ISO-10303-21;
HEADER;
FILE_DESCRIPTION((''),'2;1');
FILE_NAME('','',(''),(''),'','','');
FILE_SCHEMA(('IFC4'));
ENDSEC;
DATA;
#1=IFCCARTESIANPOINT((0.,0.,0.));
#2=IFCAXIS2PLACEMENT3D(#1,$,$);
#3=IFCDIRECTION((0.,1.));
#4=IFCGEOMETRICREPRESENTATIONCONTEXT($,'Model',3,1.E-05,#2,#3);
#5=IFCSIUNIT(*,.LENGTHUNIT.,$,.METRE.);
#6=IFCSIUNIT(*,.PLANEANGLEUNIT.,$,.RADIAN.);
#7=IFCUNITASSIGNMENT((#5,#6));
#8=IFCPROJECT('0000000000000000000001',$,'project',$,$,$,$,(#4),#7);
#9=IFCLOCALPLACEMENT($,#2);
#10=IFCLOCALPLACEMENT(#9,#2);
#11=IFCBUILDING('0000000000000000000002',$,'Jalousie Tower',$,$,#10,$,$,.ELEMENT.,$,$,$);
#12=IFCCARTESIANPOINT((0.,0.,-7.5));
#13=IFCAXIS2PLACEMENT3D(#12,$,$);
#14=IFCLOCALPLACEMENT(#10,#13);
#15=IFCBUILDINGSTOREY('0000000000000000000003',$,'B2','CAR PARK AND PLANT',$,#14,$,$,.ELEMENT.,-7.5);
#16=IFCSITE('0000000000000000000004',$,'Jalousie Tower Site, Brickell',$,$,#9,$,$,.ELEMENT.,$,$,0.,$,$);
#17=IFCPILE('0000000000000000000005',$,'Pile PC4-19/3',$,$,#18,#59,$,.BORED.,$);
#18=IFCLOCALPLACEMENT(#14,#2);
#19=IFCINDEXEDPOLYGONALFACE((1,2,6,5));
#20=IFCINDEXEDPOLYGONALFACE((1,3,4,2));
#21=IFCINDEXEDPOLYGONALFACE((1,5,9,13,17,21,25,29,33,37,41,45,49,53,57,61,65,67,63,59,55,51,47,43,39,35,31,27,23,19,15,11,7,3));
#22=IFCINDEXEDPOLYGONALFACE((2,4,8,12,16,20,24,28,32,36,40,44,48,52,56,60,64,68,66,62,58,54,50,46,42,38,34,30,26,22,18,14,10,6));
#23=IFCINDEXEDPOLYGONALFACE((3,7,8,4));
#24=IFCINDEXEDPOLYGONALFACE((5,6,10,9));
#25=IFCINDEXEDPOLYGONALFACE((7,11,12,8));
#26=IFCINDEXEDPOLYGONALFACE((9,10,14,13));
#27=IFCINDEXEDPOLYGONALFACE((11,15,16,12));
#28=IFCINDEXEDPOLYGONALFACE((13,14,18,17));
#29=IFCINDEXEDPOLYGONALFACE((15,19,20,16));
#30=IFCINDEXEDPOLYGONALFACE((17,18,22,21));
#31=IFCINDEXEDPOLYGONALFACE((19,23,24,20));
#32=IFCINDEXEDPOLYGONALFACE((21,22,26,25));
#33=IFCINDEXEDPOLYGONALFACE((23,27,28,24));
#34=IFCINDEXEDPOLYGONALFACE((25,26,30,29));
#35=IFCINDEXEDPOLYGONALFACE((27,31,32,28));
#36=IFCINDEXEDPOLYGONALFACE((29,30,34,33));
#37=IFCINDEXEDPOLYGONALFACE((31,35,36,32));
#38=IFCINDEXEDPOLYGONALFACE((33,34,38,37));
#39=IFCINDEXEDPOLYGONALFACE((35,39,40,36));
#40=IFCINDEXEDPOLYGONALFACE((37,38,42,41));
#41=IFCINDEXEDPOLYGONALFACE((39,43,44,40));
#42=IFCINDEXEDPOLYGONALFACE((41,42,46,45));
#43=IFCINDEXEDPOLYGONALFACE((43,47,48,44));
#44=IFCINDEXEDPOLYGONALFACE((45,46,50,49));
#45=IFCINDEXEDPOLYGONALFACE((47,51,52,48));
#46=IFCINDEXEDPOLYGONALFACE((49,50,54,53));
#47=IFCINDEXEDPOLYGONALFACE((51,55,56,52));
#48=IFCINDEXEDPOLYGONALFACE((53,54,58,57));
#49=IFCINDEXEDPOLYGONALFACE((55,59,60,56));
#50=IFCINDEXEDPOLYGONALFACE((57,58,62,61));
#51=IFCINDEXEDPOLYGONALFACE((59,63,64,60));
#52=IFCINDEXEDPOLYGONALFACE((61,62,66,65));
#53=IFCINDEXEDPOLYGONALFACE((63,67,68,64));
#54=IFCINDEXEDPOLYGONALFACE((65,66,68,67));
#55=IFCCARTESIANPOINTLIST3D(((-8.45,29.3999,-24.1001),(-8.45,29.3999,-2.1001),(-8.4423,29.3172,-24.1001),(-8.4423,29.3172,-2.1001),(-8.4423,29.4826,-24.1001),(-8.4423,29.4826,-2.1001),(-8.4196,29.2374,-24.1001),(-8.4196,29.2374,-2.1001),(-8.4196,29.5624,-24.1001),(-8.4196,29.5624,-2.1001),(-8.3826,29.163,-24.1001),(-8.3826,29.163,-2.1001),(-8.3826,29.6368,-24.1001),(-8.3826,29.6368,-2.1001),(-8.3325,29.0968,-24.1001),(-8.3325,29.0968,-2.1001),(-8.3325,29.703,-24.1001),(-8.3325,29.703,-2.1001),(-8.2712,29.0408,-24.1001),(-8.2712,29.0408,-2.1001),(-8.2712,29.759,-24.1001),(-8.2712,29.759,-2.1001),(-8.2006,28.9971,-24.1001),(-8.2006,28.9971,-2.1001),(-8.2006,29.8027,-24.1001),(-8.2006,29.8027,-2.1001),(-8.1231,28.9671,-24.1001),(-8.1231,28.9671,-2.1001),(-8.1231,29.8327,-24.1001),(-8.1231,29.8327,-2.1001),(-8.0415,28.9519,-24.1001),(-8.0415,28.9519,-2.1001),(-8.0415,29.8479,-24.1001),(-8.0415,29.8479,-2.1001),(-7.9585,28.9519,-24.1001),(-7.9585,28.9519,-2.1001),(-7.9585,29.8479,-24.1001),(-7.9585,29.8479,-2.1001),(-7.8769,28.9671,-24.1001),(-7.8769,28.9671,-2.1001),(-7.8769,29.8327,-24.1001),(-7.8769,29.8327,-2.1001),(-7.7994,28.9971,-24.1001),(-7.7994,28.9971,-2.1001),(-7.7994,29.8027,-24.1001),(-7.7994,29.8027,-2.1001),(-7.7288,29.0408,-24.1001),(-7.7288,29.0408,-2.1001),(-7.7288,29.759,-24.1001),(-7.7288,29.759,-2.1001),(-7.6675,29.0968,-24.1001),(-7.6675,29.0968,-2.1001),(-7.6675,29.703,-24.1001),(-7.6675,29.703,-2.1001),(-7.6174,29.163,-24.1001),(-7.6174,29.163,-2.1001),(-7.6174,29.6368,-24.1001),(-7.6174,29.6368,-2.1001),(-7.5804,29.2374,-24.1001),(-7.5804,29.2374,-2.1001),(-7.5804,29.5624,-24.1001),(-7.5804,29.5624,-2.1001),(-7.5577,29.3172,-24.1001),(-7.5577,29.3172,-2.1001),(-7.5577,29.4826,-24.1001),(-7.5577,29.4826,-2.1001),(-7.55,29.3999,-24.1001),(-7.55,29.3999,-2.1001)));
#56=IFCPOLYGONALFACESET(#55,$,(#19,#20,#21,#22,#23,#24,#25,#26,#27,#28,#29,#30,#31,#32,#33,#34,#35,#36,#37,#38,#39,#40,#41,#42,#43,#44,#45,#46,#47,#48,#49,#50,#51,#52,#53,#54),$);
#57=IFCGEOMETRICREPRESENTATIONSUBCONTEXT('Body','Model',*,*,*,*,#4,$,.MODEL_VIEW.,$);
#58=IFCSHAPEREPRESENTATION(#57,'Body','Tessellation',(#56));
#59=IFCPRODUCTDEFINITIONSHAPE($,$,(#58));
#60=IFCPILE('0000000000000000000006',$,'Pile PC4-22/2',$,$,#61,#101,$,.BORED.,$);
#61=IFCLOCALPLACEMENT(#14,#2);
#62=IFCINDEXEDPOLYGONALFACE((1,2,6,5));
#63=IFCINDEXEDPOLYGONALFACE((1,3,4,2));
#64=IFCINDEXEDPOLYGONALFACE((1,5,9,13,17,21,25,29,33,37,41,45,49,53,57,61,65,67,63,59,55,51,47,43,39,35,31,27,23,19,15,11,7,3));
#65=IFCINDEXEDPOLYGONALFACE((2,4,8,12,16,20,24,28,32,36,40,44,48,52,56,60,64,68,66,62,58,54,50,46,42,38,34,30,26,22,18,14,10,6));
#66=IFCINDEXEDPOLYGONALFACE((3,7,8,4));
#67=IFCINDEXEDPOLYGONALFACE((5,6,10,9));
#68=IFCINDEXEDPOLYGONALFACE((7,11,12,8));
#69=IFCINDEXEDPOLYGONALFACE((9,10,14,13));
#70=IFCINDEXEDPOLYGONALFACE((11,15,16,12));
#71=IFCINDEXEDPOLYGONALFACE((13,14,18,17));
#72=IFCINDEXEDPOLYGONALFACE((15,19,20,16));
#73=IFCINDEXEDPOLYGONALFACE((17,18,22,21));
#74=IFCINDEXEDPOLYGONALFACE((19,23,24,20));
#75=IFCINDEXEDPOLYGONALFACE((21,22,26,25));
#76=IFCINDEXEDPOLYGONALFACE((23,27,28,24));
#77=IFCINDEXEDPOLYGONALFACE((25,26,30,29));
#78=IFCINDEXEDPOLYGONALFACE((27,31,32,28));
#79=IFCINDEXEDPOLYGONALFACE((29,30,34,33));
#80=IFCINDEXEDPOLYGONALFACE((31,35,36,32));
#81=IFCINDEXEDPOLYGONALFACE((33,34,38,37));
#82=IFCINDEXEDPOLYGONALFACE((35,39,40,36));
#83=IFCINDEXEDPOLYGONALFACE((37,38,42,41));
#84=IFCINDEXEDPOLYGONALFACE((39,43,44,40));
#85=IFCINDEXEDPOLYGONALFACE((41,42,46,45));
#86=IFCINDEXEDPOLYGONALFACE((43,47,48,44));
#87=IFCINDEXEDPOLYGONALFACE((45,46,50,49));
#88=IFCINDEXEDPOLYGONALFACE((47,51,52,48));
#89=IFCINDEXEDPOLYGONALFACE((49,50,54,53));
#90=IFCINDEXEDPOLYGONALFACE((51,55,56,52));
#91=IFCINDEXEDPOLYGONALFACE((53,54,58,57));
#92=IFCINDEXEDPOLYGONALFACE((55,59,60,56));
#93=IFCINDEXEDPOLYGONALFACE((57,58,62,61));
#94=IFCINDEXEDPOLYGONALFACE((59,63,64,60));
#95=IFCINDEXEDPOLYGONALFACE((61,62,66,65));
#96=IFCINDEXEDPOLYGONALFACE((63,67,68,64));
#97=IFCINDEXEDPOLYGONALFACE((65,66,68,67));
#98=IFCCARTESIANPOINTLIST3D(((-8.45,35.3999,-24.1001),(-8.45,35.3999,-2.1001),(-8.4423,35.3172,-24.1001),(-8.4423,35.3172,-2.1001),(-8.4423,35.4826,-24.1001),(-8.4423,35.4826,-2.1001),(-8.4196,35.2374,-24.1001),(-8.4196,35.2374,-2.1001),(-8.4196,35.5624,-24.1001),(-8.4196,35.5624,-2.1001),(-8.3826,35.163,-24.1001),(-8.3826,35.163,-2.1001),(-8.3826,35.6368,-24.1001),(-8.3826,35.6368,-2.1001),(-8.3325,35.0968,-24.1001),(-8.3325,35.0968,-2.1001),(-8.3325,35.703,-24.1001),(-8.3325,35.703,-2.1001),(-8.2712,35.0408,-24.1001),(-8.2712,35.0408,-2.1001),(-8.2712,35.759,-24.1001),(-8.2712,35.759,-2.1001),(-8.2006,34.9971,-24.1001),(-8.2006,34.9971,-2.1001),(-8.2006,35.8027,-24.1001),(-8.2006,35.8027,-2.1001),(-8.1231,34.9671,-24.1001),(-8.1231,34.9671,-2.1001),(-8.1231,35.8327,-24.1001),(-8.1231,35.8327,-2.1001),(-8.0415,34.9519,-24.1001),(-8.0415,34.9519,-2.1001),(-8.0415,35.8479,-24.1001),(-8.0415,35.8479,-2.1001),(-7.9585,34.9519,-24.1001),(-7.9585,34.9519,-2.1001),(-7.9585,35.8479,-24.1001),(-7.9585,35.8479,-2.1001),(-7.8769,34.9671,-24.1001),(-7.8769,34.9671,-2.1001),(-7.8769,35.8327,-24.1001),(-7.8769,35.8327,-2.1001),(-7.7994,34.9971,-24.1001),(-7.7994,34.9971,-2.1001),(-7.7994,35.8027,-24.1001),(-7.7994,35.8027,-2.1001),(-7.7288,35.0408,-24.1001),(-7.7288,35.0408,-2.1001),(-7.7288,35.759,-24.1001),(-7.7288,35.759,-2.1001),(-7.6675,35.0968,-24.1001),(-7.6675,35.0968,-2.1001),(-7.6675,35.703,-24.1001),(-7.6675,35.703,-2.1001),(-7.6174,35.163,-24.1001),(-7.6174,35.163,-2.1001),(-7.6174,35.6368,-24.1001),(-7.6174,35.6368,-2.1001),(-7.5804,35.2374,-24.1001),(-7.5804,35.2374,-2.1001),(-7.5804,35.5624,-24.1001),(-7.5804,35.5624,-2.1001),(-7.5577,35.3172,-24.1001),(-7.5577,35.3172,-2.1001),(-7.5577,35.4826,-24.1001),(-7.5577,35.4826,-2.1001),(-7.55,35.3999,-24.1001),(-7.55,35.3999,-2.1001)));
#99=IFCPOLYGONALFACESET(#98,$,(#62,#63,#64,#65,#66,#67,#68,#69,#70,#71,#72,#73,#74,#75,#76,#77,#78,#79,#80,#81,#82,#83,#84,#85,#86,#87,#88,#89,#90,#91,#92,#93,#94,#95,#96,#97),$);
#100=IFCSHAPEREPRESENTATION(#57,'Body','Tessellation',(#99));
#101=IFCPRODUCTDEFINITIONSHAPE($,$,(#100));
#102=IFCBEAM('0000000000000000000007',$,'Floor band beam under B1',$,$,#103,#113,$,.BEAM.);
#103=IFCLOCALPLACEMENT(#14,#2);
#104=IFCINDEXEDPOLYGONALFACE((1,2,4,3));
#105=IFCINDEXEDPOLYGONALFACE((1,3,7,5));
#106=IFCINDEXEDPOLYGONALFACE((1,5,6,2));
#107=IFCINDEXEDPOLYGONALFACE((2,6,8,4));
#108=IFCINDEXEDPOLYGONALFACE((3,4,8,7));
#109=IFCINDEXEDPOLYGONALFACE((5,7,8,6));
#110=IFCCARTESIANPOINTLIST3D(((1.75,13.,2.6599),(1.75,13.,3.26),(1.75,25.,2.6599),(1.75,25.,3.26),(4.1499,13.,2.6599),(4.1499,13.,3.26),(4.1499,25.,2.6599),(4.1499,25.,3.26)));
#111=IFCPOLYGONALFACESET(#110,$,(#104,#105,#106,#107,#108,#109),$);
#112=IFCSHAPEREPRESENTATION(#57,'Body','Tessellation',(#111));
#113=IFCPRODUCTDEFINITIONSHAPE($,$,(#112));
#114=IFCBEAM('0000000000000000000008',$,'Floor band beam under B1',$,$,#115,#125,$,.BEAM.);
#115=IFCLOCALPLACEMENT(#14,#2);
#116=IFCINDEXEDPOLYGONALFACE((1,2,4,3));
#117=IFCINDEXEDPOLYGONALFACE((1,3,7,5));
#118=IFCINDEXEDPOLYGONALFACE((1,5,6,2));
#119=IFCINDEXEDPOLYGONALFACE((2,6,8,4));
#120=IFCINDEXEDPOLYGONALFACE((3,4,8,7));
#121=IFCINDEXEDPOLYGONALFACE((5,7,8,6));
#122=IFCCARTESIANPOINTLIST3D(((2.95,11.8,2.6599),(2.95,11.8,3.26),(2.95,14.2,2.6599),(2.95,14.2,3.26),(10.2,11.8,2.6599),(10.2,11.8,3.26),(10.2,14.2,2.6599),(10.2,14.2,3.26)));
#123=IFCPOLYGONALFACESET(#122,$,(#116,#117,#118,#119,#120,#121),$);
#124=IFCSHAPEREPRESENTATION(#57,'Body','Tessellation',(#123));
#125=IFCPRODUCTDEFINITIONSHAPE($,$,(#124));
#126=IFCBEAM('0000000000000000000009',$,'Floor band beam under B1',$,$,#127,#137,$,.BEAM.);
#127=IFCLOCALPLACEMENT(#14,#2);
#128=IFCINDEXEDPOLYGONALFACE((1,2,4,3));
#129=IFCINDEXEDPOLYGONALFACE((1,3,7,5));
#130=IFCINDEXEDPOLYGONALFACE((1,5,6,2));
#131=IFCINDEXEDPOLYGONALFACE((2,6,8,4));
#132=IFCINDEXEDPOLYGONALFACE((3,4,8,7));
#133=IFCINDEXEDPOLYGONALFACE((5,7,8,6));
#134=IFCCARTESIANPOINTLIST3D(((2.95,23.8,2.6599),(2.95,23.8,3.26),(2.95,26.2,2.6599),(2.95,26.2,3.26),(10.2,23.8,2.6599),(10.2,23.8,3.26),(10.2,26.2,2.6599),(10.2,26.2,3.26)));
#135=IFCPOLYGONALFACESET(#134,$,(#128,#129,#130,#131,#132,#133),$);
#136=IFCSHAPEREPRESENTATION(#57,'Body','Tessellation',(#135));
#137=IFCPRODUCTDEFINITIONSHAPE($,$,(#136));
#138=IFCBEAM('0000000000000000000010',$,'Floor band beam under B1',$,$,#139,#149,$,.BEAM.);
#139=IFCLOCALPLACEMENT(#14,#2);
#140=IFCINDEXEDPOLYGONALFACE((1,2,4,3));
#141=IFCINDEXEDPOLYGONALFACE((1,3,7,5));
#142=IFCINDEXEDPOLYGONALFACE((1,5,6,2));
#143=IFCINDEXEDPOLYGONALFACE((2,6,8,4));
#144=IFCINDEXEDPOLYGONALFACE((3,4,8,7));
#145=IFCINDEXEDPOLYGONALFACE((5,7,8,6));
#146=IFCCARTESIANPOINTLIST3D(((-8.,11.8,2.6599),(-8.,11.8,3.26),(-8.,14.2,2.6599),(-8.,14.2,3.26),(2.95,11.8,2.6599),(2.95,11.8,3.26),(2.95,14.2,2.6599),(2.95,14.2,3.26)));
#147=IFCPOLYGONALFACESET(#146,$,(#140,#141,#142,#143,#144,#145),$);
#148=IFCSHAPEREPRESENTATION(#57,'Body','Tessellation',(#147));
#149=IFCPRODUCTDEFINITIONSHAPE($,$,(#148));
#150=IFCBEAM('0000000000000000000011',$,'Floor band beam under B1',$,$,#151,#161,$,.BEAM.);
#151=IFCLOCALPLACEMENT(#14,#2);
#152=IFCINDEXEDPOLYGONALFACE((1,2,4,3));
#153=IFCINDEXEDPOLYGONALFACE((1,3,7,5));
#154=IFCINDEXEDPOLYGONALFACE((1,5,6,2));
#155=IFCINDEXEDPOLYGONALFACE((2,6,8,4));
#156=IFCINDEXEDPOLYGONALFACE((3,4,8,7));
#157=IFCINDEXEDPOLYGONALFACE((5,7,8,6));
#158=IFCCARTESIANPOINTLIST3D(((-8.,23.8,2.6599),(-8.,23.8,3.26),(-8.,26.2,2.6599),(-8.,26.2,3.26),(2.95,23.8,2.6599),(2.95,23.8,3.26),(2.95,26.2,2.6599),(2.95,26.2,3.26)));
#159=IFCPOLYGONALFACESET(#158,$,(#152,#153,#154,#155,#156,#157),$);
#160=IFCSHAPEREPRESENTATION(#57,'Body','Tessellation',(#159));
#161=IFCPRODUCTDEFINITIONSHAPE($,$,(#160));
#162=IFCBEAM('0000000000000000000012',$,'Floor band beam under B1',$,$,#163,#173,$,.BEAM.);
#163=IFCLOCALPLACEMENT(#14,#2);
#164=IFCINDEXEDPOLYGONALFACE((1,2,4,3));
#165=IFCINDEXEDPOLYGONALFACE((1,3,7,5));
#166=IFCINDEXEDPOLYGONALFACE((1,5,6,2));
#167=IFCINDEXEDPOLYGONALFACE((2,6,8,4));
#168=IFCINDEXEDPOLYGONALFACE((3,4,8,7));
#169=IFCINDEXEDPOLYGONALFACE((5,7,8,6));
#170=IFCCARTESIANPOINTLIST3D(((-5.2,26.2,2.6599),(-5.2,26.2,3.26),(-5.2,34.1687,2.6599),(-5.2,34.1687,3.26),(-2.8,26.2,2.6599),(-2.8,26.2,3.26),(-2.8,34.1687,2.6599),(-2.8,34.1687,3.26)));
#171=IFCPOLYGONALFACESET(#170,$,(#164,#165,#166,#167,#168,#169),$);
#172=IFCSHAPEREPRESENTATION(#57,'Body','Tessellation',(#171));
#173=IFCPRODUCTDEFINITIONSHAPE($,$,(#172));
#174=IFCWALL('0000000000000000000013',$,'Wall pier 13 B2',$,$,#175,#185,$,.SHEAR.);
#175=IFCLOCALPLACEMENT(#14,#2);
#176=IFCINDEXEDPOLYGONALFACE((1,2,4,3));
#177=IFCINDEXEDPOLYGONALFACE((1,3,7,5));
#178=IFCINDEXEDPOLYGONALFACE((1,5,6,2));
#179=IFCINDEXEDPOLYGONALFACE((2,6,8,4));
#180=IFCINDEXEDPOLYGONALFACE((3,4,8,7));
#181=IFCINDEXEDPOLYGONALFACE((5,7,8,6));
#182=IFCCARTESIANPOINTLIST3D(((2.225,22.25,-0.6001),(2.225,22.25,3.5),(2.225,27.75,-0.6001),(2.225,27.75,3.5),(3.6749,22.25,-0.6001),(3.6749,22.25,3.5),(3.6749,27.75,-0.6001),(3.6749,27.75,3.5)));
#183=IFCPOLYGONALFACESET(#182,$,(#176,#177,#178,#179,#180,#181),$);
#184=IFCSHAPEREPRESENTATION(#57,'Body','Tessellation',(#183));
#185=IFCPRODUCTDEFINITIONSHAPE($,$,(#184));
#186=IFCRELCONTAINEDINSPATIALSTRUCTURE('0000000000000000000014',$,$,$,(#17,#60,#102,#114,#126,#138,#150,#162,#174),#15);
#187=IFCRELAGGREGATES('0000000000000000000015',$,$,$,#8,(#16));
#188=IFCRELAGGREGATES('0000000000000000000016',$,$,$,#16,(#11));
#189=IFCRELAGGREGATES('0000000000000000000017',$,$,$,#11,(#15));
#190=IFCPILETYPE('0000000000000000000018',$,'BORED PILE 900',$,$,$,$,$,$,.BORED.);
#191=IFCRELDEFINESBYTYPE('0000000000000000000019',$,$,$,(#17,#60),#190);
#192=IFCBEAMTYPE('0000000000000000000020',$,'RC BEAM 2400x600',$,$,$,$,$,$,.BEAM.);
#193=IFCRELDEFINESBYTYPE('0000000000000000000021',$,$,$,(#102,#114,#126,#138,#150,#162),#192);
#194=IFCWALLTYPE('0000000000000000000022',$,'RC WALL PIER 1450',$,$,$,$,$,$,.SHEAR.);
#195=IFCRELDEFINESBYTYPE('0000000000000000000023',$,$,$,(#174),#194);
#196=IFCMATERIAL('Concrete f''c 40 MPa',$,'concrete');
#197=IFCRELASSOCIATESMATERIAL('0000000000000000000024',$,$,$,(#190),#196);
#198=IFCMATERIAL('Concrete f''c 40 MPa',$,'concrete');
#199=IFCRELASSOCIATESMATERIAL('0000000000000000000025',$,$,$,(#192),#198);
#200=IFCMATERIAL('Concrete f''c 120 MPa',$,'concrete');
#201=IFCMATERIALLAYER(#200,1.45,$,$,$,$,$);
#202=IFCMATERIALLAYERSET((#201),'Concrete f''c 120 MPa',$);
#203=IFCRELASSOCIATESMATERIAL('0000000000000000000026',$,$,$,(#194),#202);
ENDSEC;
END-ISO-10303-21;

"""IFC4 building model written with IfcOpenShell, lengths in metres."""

from ifc_helpers import new_model, si_unit, direction, frame, frame_2d, origin, origin_2d, place, context, subcontext, project, spatial, rectangle, circle, extrude, material, layer, layer_set, material_profile, profile_set, type_object, element, save


model = new_model("IFC4")

# Units and contexts
model_context = context("Model", 3, precision=1e-05, world=origin(), true_north=direction((0.0, 1.0)))
body_context = subcontext(model_context, "Body", "Model", "MODEL_VIEW")
ifc_project = project(units=[si_unit("LENGTHUNIT", "METRE"), si_unit("PLANEANGLEUNIT", "RADIAN")], contexts=[model_context])

# Site, building, storey
site_placement = place(None, origin())
site = spatial("IfcSite", under=ifc_project, at=site_placement, Name="Jalousie Tower Site, Brickell", CompositionType="ELEMENT", RefElevation=0.0)
building_placement = place(site_placement, origin())
building = spatial("IfcBuilding", under=site, at=building_placement, Name="Jalousie Tower", CompositionType="ELEMENT")
storey_placement = place(building_placement, frame((0.0, 0.0, -7.5)))
storey = spatial("IfcBuildingStorey", under=building, at=storey_placement, Name="B2", Description="CAR PARK AND PLANT", CompositionType="ELEMENT", Elevation=-7.5)

# Piles
ifc_material_1 = material(Name="Concrete f'c 40 MPa", Category="concrete")
ifc_material_profile_1 = material_profile(ifc_material_1, circle(Radius=0.45, at=origin_2d()), Name="BORED PILE D900")
ifc_profile_set_1 = profile_set([ifc_material_profile_1], Name="Concrete f'c 40 MPa")
pile_type_1 = type_object("IfcPileType", Name="BORED PILE 900", PredefinedType="BORED", material=ifc_profile_set_1)
for number, where, z_axis, x_axis, name in (
    (1, (-8.0, 29.3999, -2.1001), (0.0, 0.0, -1.0), (1.0, 0.0, 0.0), "Pile PC4-19/3"),
    (2, (-8.0, 35.3999, -2.1001), (0.0, 0.0, -1.0), (1.0, 0.0, 0.0), "Pile PC4-22/2"),
):
    element("IfcPile", number, at=place(storey_placement, frame(where, z_axis=z_axis, x_axis=x_axis)), inside=storey, type_object=pile_type_1, Name=name, PredefinedType="BORED", context=body_context, shape_type="SweptSolid", body=[
        extrude(circle(Radius=0.45, at=origin_2d()), origin(), (0.0, 0.0, 1.0), 22.0),
    ])

# Beams
ifc_material_2 = material(Name="Concrete f'c 40 MPa", Category="concrete")
ifc_material_profile_2 = material_profile(ifc_material_2, rectangle(XDim=2.3999, YDim=0.6001, at=origin_2d()), Name="RC 2400x600")
ifc_profile_set_2 = profile_set([ifc_material_profile_2], Name="Concrete f'c 40 MPa")
beam_type = type_object("IfcBeamType", Name="RC BEAM 2400x600", PredefinedType="BEAM", material=ifc_profile_set_2)
beam_1_placement = place(storey_placement, frame((2.95, 25.0, 2.96), z_axis=(0.0, -1.0, 0.0), x_axis=(1.0, 0.0, 0.0)))
element("IfcBeam", 3, at=beam_1_placement, inside=storey, type_object=beam_type, Name="Floor band beam under B1", PredefinedType="BEAM", context=body_context, shape_type="SweptSolid", body=[
    extrude(rectangle(XDim=2.3999, YDim=0.6001, at=origin_2d()), origin(), (0.0, 0.0, 1.0), 12.0),
])
for number, where, z_axis, x_axis, name in (
    (4, (2.95, 13.0, 2.96), (1.0, 0.0, 0.0), (0.0, 1.0, 0.0), "Floor band beam under B1"),
    (5, (2.95, 25.0, 2.96), (1.0, 0.0, 0.0), (0.0, 1.0, 0.0), "Floor band beam under B1"),
):
    element("IfcBeam", number, at=place(storey_placement, frame(where, z_axis=z_axis, x_axis=x_axis)), inside=storey, type_object=beam_type, Name=name, PredefinedType="BEAM", context=body_context, shape_type="SweptSolid", body=[
        extrude(rectangle(XDim=2.3999, YDim=0.6001, at=origin_2d()), origin(), (0.0, 0.0, 1.0), 7.25),
    ])
for number, where, z_axis, x_axis, name in (
    (6, (2.95, 13.0, 2.96), (-1.0, 0.0, 0.0), (0.0, -1.0, 0.0), "Floor band beam under B1"),
    (7, (2.95, 25.0, 2.96), (-1.0, 0.0, 0.0), (0.0, -1.0, 0.0), "Floor band beam under B1"),
):
    element("IfcBeam", number, at=place(storey_placement, frame(where, z_axis=z_axis, x_axis=x_axis)), inside=storey, type_object=beam_type, Name=name, PredefinedType="BEAM", context=body_context, shape_type="SweptSolid", body=[
        extrude(rectangle(XDim=2.3999, YDim=0.6001, at=origin_2d()), origin(), (0.0, 0.0, 1.0), 10.95),
    ])
beam_2_placement = place(storey_placement, frame((-4.0, 26.2, 2.96), z_axis=(0.0, 1.0, 0.0), x_axis=(-1.0, 0.0, 0.0)))
element("IfcBeam", 8, at=beam_2_placement, inside=storey, type_object=beam_type, Name="Floor band beam under B1", PredefinedType="BEAM", context=body_context, shape_type="SweptSolid", body=[
    extrude(rectangle(XDim=2.3999, YDim=0.6001, at=origin_2d()), origin(), (0.0, 0.0, 1.0), 7.9688),
])

# Wall
ifc_material_3 = material(Name="Concrete f'c 120 MPa", Category="concrete")
ifc_layer = layer(ifc_material_3, 1.45)
ifc_layer_set = layer_set([ifc_layer], Name="Concrete f'c 120 MPa")
wall_type = type_object("IfcWallType", Name="RC WALL PIER 1450", PredefinedType="SHEAR", material=ifc_layer_set)
wall_placement = place(storey_placement, frame((2.95, 22.25, -0.6001), z_axis=(0.0, 0.0, 1.0), x_axis=(0.0, 1.0, 0.0)))
element("IfcWall", 9, at=wall_placement, inside=storey, type_object=wall_type, Name="Wall pier 13 B2", PredefinedType="SHEAR", context=body_context, shape_type="SweptSolid", body=[
    extrude(rectangle(XDim=5.5, YDim=1.45, at=frame_2d((2.75, 0.0))), origin(), (0.0, 0.0, 1.0), 4.1001),
])

save(model, "model.ifc")
